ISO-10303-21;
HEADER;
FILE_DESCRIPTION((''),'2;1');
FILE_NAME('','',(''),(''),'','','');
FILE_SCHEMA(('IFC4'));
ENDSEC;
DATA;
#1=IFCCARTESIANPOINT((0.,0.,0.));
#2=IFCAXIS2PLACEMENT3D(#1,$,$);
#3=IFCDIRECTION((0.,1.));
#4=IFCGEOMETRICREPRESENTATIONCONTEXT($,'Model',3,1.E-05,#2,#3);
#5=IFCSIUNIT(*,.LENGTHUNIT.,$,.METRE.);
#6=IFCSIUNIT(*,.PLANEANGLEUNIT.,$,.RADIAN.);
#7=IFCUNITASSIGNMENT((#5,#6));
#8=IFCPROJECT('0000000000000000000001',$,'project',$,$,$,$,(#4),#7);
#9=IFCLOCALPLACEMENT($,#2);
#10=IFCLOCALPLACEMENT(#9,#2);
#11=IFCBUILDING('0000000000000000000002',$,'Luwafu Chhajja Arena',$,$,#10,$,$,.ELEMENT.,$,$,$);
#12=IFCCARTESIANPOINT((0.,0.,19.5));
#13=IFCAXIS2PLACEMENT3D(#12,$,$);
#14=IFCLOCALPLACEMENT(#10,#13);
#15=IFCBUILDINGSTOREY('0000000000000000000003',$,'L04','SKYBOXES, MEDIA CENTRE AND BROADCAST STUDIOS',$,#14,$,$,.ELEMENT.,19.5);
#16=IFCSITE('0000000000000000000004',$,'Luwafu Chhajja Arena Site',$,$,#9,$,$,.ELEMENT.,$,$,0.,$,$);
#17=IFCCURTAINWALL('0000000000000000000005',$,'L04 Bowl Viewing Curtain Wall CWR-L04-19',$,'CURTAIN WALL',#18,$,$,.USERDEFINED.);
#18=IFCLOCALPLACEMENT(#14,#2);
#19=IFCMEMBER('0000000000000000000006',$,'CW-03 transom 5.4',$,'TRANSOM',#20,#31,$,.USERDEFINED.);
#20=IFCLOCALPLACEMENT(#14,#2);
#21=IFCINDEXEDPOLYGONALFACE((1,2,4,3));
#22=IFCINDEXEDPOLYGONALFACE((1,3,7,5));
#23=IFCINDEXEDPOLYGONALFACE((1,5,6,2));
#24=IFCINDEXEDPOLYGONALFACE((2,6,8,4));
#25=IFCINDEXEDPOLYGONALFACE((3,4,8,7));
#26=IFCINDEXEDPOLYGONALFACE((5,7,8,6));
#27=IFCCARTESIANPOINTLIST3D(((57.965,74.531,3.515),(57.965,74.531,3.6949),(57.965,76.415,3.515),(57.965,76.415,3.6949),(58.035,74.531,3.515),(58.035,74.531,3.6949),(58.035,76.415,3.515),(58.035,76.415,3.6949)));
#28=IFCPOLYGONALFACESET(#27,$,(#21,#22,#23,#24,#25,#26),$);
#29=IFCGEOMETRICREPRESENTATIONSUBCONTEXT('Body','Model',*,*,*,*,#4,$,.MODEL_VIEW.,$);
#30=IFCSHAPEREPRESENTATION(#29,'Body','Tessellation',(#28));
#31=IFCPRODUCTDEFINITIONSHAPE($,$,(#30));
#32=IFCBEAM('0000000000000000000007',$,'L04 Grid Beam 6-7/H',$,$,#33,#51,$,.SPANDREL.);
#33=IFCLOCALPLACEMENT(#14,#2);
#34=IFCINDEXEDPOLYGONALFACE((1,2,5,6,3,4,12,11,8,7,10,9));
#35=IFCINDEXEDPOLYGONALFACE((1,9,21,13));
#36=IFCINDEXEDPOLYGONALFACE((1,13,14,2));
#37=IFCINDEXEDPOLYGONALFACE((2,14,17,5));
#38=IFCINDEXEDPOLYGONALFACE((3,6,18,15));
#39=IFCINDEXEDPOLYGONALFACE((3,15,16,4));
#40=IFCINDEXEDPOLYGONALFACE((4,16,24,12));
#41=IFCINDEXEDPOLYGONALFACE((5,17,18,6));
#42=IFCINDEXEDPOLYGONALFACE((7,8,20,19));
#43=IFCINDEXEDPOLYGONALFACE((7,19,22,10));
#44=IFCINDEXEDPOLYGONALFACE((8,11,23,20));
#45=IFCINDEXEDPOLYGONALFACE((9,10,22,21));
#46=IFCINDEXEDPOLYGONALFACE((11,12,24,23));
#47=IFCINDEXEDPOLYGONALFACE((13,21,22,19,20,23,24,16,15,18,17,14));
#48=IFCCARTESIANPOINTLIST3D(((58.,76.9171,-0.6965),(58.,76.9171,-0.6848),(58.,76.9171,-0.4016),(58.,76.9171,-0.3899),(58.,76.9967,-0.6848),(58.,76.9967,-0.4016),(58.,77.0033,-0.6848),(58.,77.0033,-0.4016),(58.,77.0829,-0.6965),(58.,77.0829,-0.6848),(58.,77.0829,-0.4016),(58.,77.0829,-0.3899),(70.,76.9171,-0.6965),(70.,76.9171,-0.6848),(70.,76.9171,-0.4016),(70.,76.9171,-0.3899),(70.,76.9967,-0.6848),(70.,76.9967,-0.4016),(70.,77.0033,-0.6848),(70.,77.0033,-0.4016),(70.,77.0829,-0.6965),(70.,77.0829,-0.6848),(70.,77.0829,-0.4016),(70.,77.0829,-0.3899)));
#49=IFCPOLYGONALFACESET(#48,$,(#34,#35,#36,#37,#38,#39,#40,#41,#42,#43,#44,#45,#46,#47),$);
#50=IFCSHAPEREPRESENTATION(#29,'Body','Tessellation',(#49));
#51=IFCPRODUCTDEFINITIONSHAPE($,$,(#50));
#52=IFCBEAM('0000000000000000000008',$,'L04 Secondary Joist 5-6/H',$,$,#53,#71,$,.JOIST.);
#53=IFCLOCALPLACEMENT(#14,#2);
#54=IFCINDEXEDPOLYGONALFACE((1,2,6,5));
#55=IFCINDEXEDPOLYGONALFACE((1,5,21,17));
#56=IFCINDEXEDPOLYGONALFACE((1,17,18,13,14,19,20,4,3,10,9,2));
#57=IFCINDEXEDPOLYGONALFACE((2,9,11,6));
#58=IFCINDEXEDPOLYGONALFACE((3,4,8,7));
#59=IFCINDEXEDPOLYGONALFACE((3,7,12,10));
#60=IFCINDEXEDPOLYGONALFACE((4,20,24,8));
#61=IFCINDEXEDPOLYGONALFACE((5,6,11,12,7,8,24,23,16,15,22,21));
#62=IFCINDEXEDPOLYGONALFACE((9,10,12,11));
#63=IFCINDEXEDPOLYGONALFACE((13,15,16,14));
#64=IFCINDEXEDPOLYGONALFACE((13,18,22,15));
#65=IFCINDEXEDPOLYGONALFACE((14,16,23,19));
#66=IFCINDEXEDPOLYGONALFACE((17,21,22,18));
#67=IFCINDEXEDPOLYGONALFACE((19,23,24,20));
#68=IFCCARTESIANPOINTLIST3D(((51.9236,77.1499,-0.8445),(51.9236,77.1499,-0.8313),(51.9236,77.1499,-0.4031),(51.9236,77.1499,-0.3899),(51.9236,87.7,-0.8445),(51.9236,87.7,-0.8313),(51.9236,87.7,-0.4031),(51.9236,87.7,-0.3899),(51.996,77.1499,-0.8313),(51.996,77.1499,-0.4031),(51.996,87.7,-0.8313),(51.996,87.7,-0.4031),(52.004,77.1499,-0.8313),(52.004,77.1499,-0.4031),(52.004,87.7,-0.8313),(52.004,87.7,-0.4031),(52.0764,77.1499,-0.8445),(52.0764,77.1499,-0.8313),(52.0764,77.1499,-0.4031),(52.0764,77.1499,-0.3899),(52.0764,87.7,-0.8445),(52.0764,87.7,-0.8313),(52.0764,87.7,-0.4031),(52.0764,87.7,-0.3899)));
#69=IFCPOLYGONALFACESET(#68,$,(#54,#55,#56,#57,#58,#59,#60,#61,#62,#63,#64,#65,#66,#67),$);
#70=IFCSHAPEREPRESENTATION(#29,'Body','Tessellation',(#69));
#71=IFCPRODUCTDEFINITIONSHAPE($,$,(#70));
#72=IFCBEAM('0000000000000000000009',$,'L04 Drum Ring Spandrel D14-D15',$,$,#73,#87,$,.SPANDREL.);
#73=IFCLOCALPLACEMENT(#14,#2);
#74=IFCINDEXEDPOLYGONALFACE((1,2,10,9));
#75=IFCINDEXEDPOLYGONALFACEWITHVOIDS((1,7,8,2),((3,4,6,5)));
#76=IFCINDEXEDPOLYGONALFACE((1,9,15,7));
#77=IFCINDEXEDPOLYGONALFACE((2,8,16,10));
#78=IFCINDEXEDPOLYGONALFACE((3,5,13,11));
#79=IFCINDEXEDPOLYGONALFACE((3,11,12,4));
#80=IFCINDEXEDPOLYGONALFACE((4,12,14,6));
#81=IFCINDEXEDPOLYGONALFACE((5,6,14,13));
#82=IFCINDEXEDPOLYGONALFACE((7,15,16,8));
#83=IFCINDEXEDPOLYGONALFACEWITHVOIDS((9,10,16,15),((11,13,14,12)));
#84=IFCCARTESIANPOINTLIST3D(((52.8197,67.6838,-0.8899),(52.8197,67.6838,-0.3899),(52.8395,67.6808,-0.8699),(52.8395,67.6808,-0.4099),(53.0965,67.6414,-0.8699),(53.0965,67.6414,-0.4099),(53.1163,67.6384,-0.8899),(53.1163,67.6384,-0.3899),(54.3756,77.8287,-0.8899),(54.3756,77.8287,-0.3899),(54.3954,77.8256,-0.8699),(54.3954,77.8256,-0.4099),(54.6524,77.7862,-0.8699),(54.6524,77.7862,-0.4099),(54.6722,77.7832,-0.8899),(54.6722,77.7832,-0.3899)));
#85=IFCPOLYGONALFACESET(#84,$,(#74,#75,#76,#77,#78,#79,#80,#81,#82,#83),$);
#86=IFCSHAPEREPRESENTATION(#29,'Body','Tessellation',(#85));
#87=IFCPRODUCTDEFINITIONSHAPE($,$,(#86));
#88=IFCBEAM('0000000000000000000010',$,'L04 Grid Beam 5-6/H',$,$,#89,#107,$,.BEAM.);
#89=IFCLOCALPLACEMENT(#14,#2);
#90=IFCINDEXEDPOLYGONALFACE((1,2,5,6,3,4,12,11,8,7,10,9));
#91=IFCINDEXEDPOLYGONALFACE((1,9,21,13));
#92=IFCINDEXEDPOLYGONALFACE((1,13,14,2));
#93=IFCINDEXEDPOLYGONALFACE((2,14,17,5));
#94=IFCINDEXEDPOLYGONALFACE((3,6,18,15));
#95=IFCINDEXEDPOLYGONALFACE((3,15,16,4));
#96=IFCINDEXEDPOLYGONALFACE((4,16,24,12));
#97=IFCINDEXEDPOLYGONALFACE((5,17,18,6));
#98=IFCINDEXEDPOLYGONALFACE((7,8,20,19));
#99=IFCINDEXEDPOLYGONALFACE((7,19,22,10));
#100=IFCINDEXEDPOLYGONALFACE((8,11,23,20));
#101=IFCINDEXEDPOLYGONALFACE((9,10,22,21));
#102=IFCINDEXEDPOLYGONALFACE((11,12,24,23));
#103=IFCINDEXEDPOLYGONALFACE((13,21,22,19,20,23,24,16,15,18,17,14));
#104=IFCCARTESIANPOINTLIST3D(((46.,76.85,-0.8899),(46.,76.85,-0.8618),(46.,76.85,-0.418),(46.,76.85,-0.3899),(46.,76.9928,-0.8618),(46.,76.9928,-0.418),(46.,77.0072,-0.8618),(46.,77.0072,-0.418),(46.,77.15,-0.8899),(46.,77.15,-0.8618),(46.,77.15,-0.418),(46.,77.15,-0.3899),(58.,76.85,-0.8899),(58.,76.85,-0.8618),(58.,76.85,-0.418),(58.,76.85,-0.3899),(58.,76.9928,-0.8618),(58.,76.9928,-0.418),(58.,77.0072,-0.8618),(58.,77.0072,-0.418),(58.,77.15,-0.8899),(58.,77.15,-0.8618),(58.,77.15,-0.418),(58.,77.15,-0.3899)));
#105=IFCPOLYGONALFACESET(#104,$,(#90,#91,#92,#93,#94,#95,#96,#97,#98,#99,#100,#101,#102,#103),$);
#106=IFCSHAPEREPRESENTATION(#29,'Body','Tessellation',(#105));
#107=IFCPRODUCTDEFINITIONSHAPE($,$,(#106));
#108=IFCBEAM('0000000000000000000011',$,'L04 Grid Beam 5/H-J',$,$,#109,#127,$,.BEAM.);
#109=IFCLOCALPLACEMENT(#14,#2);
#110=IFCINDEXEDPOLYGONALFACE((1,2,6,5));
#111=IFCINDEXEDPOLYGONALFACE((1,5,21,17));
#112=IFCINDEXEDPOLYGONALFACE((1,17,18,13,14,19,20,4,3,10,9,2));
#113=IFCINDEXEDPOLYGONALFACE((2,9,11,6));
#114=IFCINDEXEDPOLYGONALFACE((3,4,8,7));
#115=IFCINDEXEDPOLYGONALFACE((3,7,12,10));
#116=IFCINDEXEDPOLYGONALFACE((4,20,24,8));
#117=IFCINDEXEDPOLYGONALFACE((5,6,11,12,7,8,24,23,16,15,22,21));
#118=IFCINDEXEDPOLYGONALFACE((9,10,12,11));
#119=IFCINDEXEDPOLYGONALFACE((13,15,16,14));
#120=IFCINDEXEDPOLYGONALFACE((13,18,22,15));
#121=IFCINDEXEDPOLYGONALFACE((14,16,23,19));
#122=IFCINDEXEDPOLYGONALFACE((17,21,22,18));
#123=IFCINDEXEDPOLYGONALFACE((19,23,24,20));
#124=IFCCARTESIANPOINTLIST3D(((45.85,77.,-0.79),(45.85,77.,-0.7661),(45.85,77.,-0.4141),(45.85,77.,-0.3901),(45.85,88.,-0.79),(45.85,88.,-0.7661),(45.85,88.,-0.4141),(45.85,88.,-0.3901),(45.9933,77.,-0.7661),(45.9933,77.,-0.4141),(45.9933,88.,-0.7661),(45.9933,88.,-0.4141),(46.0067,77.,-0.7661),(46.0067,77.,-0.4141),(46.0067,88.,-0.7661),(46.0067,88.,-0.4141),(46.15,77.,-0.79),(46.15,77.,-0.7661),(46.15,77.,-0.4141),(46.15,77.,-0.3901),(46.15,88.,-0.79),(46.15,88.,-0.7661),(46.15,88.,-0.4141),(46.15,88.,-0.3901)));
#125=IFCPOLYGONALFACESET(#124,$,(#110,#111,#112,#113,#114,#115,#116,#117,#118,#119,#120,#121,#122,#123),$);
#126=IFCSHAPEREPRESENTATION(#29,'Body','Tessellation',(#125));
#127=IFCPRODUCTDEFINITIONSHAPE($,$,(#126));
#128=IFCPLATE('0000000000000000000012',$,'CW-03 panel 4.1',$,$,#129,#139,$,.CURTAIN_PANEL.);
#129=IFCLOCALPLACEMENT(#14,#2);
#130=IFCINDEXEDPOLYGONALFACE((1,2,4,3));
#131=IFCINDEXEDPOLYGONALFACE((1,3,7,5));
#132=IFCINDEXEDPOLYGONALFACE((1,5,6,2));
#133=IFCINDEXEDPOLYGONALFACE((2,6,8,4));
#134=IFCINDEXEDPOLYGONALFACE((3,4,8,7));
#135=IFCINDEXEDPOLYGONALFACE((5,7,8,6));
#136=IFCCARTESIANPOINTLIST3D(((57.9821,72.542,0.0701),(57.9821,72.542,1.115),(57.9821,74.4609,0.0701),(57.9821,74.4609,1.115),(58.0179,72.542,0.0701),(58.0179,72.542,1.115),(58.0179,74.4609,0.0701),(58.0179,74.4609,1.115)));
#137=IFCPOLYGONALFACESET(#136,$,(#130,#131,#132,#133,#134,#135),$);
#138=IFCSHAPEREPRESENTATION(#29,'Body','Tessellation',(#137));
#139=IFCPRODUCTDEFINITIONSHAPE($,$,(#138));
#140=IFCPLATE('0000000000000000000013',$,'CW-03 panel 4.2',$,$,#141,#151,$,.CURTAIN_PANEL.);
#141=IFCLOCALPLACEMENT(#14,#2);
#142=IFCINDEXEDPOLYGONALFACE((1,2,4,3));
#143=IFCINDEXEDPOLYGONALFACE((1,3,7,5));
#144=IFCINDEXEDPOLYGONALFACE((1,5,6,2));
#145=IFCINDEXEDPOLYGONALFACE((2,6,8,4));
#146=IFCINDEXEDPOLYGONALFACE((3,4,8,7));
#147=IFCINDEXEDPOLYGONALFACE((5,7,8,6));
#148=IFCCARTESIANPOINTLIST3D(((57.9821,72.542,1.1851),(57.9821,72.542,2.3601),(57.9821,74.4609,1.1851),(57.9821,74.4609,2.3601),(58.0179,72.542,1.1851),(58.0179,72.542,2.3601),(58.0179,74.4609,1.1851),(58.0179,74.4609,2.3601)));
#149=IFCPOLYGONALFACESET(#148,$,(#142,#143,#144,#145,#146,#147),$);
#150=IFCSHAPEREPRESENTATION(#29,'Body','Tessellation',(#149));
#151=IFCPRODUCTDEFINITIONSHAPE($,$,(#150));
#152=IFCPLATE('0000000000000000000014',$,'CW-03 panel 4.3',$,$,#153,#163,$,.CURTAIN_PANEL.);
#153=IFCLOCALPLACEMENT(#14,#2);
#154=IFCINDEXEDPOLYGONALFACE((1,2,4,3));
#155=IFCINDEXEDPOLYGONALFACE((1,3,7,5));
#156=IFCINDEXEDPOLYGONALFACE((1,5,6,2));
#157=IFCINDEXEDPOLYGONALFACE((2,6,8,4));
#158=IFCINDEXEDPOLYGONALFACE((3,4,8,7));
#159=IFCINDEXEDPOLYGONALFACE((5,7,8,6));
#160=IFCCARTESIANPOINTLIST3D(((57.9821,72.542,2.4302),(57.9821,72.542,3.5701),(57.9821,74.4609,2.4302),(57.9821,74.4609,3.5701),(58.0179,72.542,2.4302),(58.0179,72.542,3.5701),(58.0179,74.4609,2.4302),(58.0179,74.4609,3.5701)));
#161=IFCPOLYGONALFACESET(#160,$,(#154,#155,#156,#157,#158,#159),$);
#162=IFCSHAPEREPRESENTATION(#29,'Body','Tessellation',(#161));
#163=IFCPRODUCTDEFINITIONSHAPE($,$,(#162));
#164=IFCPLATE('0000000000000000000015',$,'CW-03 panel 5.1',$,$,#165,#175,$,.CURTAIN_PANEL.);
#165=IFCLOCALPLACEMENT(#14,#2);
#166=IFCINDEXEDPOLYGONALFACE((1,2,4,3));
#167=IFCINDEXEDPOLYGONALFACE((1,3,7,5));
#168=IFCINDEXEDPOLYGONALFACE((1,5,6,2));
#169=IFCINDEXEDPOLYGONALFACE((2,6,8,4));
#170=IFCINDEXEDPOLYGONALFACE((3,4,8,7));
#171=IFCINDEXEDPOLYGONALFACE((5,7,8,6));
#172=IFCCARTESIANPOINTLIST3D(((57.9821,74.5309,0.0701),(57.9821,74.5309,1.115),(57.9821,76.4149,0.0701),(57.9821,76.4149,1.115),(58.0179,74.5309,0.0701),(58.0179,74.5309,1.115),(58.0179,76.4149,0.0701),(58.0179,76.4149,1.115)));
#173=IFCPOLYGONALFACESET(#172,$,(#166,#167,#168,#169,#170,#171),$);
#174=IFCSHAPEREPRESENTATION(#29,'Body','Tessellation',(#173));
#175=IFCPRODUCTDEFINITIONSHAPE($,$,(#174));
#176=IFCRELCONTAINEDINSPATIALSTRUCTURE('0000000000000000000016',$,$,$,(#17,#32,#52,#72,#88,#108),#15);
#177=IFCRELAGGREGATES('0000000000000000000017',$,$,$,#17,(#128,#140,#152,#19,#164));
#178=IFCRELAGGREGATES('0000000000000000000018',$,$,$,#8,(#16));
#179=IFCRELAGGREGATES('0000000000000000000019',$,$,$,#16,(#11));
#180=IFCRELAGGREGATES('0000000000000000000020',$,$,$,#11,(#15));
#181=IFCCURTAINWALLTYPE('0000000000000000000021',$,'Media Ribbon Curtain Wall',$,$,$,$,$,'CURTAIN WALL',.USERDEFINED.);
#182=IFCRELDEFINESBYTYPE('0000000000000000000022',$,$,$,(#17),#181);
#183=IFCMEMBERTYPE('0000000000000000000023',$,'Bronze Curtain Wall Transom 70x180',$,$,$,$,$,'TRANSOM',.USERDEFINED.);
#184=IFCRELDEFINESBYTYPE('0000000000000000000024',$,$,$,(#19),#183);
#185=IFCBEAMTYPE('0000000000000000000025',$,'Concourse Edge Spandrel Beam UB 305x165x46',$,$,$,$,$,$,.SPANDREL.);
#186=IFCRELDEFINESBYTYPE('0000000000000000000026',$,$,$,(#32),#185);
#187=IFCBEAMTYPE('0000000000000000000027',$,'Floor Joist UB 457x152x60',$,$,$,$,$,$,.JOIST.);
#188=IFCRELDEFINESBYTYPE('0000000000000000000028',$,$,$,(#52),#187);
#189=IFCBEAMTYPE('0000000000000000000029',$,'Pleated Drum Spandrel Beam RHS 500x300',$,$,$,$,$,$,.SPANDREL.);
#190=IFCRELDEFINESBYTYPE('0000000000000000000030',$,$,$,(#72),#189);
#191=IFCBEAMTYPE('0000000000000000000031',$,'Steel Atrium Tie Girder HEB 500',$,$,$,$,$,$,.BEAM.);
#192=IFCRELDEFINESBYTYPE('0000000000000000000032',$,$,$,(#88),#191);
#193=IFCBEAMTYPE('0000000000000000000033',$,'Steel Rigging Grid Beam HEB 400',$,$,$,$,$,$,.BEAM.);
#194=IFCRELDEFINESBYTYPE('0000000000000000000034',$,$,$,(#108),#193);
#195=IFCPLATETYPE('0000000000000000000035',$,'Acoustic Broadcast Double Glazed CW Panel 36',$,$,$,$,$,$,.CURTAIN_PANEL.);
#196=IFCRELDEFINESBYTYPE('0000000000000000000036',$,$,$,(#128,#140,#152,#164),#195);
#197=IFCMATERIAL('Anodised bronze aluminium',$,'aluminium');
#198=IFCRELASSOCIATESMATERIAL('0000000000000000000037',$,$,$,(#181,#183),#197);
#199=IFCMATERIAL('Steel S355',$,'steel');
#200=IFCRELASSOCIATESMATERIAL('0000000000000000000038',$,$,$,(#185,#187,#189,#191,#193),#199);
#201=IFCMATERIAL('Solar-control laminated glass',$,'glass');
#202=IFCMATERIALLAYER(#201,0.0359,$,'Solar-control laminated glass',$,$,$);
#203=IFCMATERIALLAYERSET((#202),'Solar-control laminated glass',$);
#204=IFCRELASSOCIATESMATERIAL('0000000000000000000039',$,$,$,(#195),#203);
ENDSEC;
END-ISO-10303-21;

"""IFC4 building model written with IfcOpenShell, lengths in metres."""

from ifc_helpers import new_model, si_unit, direction, frame, origin, origin_2d, place, context, subcontext, project, spatial, rectangle, hollow_rectangle, i_section, extrude, material, layer, layer_set, material_profile, profile_set, type_object, element, aggregate, save


model = new_model("IFC4")

# Units and contexts
model_context = context("Model", 3, precision=1e-05, world=origin(), true_north=direction((0.0, 1.0)))
body_context = subcontext(model_context, "Body", "Model", "MODEL_VIEW")
ifc_project = project(units=[si_unit("LENGTHUNIT", "METRE"), si_unit("PLANEANGLEUNIT", "RADIAN")], contexts=[model_context])

# Site, building, storey
site_placement = place(None, origin())
site = spatial("IfcSite", under=ifc_project, at=site_placement, Name="Luwafu Chhajja Arena Site", CompositionType="ELEMENT", RefElevation=0.0)
building_placement = place(site_placement, origin())
building = spatial("IfcBuilding", under=site, at=building_placement, Name="Luwafu Chhajja Arena", CompositionType="ELEMENT")
storey_placement = place(building_placement, frame((0.0, 0.0, 19.5)))
storey = spatial("IfcBuildingStorey", under=building, at=storey_placement, Name="L04", Description="SKYBOXES, MEDIA CENTRE AND BROADCAST STUDIOS", CompositionType="ELEMENT", Elevation=19.5)

# Shared definitions
ifc_material_1 = material(Name="Steel S355", Category="steel")

# Curtain wall, member
ifc_material_2 = material(Name="Anodised bronze aluminium", Category="aluminium")
curtain_wall_type = type_object("IfcCurtainWallType", Name="Media Ribbon Curtain Wall", ElementType="CURTAIN WALL", PredefinedType="USERDEFINED", material=ifc_material_2)
curtain_wall_placement = place(storey_placement, origin())
curtain_wall = element("IfcCurtainWall", 1, at=curtain_wall_placement, inside=storey, type_object=curtain_wall_type, Name="L04 Bowl Viewing Curtain Wall CWR-L04-19", ObjectType="CURTAIN WALL", PredefinedType="USERDEFINED")
ifc_material_profile_1 = material_profile(ifc_material_2, rectangle(XDim=0.0701, YDim=0.1799, at=origin_2d()), Name="CWT 70x180")
ifc_profile_set_1 = profile_set([ifc_material_profile_1], Name="Anodised bronze aluminium")
member_type_1 = type_object("IfcMemberType", Name="Bronze Curtain Wall Transom 70x180", ElementType="TRANSOM", PredefinedType="USERDEFINED", material=ifc_profile_set_1)
member_1_placement = place(storey_placement, frame((58.0, 74.531, 3.605), z_axis=(0.0, 1.0, 0.0), x_axis=(-1.0, 0.0, 0.0)))
member_1 = element("IfcMember", 2, at=member_1_placement, type_object=member_type_1, Name="CW-03 transom 5.4", ObjectType="TRANSOM", PredefinedType="USERDEFINED", context=body_context, shape_type="SweptSolid", body=[
    extrude(rectangle(XDim=0.0701, YDim=0.1799, at=origin_2d()), origin(), (0.0, 0.0, 1.0), 1.884),
])

# Beams
ifc_material_profile_2 = material_profile(ifc_material_1, i_section(OverallWidth=0.1658, OverallDepth=0.3066, WebThickness=0.0066, FlangeThickness=0.0117, at=origin_2d()), Name="UB 305x165x46")
ifc_profile_set_2 = profile_set([ifc_material_profile_2], Name="Steel S355")
beam_type_1 = type_object("IfcBeamType", Name="Concourse Edge Spandrel Beam UB 305x165x46", PredefinedType="SPANDREL", material=ifc_profile_set_2)
beam_1_placement = place(storey_placement, frame((58.0, 77.0, -0.5432), z_axis=(1.0, 0.0, 0.0), x_axis=(0.0, 1.0, 0.0)))
element("IfcBeam", 3, at=beam_1_placement, inside=storey, type_object=beam_type_1, Name="L04 Grid Beam 6-7/H", PredefinedType="SPANDREL", context=body_context, shape_type="SweptSolid", body=[
    extrude(i_section(OverallWidth=0.1658, OverallDepth=0.3066, WebThickness=0.0066, FlangeThickness=0.0117, at=origin_2d()), origin(), (0.0, 0.0, 1.0), 12.0),
])
ifc_material_profile_3 = material_profile(ifc_material_1, i_section(OverallWidth=0.1528, OverallDepth=0.4546, WebThickness=0.0081, FlangeThickness=0.0132, at=origin_2d()), Name="UB 457x152x60")
ifc_profile_set_3 = profile_set([ifc_material_profile_3], Name="Steel S355")
beam_type_2 = type_object("IfcBeamType", Name="Floor Joist UB 457x152x60", PredefinedType="JOIST", material=ifc_profile_set_3)
beam_2_placement = place(storey_placement, frame((52.0, 77.1499, -0.6172), z_axis=(0.0, 1.0, 0.0), x_axis=(-1.0, 0.0, 0.0)))
element("IfcBeam", 4, at=beam_2_placement, inside=storey, type_object=beam_type_2, Name="L04 Secondary Joist 5-6/H", PredefinedType="JOIST", context=body_context, shape_type="SweptSolid", body=[
    extrude(i_section(OverallWidth=0.1528, OverallDepth=0.4546, WebThickness=0.0081, FlangeThickness=0.0132, at=origin_2d()), origin(), (0.0, 0.0, 1.0), 10.55),
])
ifc_material_profile_4 = material_profile(ifc_material_1, hollow_rectangle(XDim=0.3, YDim=0.5, WallThickness=0.02, at=origin_2d()), Name="RHS 500x300x20")
ifc_profile_set_4 = profile_set([ifc_material_profile_4], Name="Steel S355")
beam_type_3 = type_object("IfcBeamType", Name="Pleated Drum Spandrel Beam RHS 500x300", PredefinedType="SPANDREL", material=ifc_profile_set_4)
beam_3_placement = place(storey_placement, frame((54.5239, 77.8059, -0.6399), z_axis=(-0.151598, -0.988442, 0.0), x_axis=(0.988442, -0.151598, 0.0)))
element("IfcBeam", 5, at=beam_3_placement, inside=storey, type_object=beam_type_3, Name="L04 Drum Ring Spandrel D14-D15", PredefinedType="SPANDREL", context=body_context, shape_type="SweptSolid", body=[
    extrude(hollow_rectangle(XDim=0.3, YDim=0.5, WallThickness=0.02, at=origin_2d()), origin(), (0.0, 0.0, 1.0), 10.2634),
])
ifc_material_profile_5 = material_profile(ifc_material_1, i_section(OverallWidth=0.3, OverallDepth=0.5, WebThickness=0.0144, FlangeThickness=0.0281, at=origin_2d()), Name="HEB 500")
ifc_profile_set_5 = profile_set([ifc_material_profile_5], Name="Steel S355")
beam_type_4 = type_object("IfcBeamType", Name="Steel Atrium Tie Girder HEB 500", PredefinedType="BEAM", material=ifc_profile_set_5)
beam_4_placement = place(storey_placement, frame((46.0, 77.0, -0.6399), z_axis=(1.0, 0.0, 0.0), x_axis=(0.0, 1.0, 0.0)))
element("IfcBeam", 6, at=beam_4_placement, inside=storey, type_object=beam_type_4, Name="L04 Grid Beam 5-6/H", PredefinedType="BEAM", context=body_context, shape_type="SweptSolid", body=[
    extrude(i_section(OverallWidth=0.3, OverallDepth=0.5, WebThickness=0.0144, FlangeThickness=0.0281, at=origin_2d()), origin(), (0.0, 0.0, 1.0), 12.0),
])
ifc_material_profile_6 = material_profile(ifc_material_1, i_section(OverallWidth=0.3, OverallDepth=0.3999, WebThickness=0.0134, FlangeThickness=0.0239, at=origin_2d()), Name="HEB 400")
ifc_profile_set_6 = profile_set([ifc_material_profile_6], Name="Steel S355")
beam_type_5 = type_object("IfcBeamType", Name="Steel Rigging Grid Beam HEB 400", PredefinedType="BEAM", material=ifc_profile_set_6)
beam_5_placement = place(storey_placement, frame((46.0, 77.0, -0.5901), z_axis=(0.0, 1.0, 0.0), x_axis=(-1.0, 0.0, 0.0)))
element("IfcBeam", 7, at=beam_5_placement, inside=storey, type_object=beam_type_5, Name="L04 Grid Beam 5/H-J", PredefinedType="BEAM", context=body_context, shape_type="SweptSolid", body=[
    extrude(i_section(OverallWidth=0.3, OverallDepth=0.3999, WebThickness=0.0134, FlangeThickness=0.0239, at=origin_2d()), origin(), (0.0, 0.0, 1.0), 11.0),
])

# Plates
ifc_material_3 = material(Name="Solar-control laminated glass", Category="glass")
ifc_layer_1 = layer(ifc_material_3, 0.0359, Name="Solar-control laminated glass")
ifc_layer_set_1 = layer_set([ifc_layer_1], Name="Solar-control laminated glass")
plate_type = type_object("IfcPlateType", Name="Acoustic Broadcast Double Glazed CW Panel 36", PredefinedType="CURTAIN_PANEL", material=ifc_layer_set_1)
plate_1_placement = place(storey_placement, frame((58.0, 73.5015, 0.0701), z_axis=(0.0, 0.0, 1.0), x_axis=(0.0, 1.0, 0.0)))
plate_1 = element("IfcPlate", 8, at=plate_1_placement, type_object=plate_type, Name="CW-03 panel 4.1", PredefinedType="CURTAIN_PANEL", context=body_context, shape_type="SweptSolid", body=[
    extrude(rectangle(XDim=1.9189, YDim=0.0359, at=origin_2d()), origin(), (0.0, 0.0, 1.0), 1.0449),
])
plate_2_placement = place(storey_placement, frame((58.0, 73.5015, 1.1851), z_axis=(0.0, 0.0, 1.0), x_axis=(0.0, 1.0, 0.0)))
plate_2 = element("IfcPlate", 9, at=plate_2_placement, type_object=plate_type, Name="CW-03 panel 4.2", PredefinedType="CURTAIN_PANEL", context=body_context, shape_type="SweptSolid", body=[
    extrude(rectangle(XDim=1.9189, YDim=0.0359, at=origin_2d()), origin(), (0.0, 0.0, 1.0), 1.175),
])
plate_3_placement = place(storey_placement, frame((58.0, 73.5015, 2.4302), z_axis=(0.0, 0.0, 1.0), x_axis=(0.0, 1.0, 0.0)))
plate_3 = element("IfcPlate", 10, at=plate_3_placement, type_object=plate_type, Name="CW-03 panel 4.3", PredefinedType="CURTAIN_PANEL", context=body_context, shape_type="SweptSolid", body=[
    extrude(rectangle(XDim=1.9189, YDim=0.0359, at=origin_2d()), origin(), (0.0, 0.0, 1.0), 1.1399),
])
plate_4_placement = place(storey_placement, frame((58.0, 75.4729, 0.0701), z_axis=(0.0, 0.0, 1.0), x_axis=(0.0, 1.0, 0.0)))
plate_4 = element("IfcPlate", 11, at=plate_4_placement, type_object=plate_type, Name="CW-03 panel 5.1", PredefinedType="CURTAIN_PANEL", context=body_context, shape_type="SweptSolid", body=[
    extrude(rectangle(XDim=1.884, YDim=0.0359, at=origin_2d()), origin(), (0.0, 0.0, 1.0), 1.0449),
])
aggregate(curtain_wall, [plate_1, plate_2, plate_3, member_1, plate_4])

save(model, "model.ifc")
